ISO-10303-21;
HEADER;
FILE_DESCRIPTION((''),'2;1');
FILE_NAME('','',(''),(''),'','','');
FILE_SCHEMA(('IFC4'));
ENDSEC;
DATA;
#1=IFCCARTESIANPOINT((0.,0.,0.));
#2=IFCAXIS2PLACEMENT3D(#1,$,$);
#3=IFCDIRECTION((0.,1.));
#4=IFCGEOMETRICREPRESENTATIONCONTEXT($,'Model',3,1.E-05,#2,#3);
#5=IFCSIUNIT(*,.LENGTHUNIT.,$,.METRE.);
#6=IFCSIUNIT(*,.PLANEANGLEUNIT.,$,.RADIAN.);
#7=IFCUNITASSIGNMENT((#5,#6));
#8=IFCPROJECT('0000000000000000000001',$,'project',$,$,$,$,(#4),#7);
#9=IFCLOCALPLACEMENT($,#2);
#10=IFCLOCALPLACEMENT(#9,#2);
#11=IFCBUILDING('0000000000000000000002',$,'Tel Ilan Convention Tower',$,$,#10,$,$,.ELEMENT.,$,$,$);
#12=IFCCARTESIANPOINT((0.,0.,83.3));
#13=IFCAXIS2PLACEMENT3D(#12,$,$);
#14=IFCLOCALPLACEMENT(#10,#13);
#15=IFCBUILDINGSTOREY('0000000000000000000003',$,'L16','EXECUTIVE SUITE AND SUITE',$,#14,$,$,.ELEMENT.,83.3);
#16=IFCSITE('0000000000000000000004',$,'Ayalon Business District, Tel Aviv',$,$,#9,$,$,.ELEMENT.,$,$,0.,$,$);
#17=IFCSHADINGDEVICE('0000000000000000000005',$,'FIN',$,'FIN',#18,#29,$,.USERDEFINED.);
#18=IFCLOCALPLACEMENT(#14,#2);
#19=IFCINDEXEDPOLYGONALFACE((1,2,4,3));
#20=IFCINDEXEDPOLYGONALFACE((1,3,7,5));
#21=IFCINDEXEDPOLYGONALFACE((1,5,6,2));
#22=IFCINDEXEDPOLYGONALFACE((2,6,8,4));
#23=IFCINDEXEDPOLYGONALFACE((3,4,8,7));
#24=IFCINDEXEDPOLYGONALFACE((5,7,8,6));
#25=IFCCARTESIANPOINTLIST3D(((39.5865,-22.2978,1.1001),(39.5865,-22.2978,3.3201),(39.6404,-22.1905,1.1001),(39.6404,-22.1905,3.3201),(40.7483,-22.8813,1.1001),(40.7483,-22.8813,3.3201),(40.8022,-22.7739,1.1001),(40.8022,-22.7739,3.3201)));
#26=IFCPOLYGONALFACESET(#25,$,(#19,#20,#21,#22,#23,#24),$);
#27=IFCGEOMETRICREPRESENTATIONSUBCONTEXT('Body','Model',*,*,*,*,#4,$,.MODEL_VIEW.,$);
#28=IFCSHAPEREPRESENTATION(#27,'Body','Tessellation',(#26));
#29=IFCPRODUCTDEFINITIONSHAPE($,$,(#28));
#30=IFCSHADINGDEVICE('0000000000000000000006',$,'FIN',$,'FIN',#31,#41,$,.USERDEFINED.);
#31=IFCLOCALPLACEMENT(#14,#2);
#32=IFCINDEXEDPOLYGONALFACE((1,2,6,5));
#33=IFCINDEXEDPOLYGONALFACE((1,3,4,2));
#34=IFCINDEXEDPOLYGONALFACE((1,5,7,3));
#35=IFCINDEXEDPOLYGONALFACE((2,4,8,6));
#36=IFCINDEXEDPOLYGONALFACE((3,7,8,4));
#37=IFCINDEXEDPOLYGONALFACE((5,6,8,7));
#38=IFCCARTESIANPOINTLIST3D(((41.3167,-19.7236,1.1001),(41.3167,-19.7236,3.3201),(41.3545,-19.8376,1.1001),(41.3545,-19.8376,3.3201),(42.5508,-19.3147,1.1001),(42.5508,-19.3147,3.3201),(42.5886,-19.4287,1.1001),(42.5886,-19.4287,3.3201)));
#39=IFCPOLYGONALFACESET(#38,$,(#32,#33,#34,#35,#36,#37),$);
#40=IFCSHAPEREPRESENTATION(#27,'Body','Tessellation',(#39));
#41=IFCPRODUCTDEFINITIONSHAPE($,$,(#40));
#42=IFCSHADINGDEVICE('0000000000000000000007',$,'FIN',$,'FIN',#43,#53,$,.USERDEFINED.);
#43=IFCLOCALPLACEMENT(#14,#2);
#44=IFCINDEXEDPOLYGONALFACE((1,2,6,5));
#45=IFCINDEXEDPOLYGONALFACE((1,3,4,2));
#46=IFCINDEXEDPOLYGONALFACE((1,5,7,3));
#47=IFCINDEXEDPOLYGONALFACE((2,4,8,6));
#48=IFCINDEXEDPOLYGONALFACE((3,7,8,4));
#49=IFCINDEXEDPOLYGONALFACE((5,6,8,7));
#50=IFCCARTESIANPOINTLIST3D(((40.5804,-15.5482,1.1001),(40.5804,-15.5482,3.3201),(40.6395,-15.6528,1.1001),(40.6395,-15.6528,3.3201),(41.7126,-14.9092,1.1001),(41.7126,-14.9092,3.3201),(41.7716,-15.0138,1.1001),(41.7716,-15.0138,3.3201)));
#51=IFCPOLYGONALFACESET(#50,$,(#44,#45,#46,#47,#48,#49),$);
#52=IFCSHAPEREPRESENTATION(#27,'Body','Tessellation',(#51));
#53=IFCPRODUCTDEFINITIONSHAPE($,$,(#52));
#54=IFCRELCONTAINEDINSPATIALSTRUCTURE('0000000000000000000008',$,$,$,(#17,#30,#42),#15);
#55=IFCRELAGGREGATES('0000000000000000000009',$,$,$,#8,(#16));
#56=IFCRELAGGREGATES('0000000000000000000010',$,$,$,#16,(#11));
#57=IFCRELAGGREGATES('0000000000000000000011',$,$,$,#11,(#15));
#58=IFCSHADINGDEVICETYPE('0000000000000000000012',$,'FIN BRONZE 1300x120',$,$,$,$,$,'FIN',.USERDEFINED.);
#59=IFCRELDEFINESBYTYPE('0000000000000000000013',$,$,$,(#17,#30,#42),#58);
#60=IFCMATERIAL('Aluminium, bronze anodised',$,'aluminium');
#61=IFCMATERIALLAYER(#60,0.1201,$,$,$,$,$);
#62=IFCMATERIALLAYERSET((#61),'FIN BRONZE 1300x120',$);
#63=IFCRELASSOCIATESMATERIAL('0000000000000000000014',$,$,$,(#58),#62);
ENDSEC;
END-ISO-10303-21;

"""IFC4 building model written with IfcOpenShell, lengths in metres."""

from ifc_helpers import new_model, si_unit, direction, frame, origin, origin_2d, place, context, subcontext, project, spatial, rectangle, extrude, material, layer, layer_set, type_object, element, save


model = new_model("IFC4")

# Units and contexts
model_context = context("Model", 3, precision=1e-05, world=origin(), true_north=direction((0.0, 1.0)))
body_context = subcontext(model_context, "Body", "Model", "MODEL_VIEW")
ifc_project = project(units=[si_unit("LENGTHUNIT", "METRE"), si_unit("PLANEANGLEUNIT", "RADIAN")], contexts=[model_context])

# Site, building, storey
site_placement = place(None, origin())
site = spatial("IfcSite", under=ifc_project, at=site_placement, Name="Ayalon Business District, Tel Aviv", CompositionType="ELEMENT", RefElevation=0.0)
building_placement = place(site_placement, origin())
building = spatial("IfcBuilding", under=site, at=building_placement, Name="Tel Ilan Convention Tower", CompositionType="ELEMENT")
storey_placement = place(building_placement, frame((0.0, 0.0, 83.3)))
storey = spatial("IfcBuildingStorey", under=building, at=storey_placement, Name="L16", Description="EXECUTIVE SUITE AND SUITE", CompositionType="ELEMENT", Elevation=83.3)

# Shading devices
ifc_material_1 = material(Name="Aluminium, bronze anodised", Category="aluminium")
ifc_layer_1 = layer(ifc_material_1, 0.1201)
ifc_layer_set_1 = layer_set([ifc_layer_1], Name="FIN BRONZE 1300x120")
shading_device_type = type_object("IfcShadingDeviceType", Name="FIN BRONZE 1300x120", ElementType="FIN", PredefinedType="USERDEFINED", material=ifc_layer_set_1)
for number, where, z_axis, x_axis, name in (
    (1, (40.1943, -22.5359, 1.1001), (0.0, 0.0, 1.0), (0.893633, -0.448799, 0.0), "FIN"),
    (2, (41.9526, -19.5762, 1.1001), (0.0, 0.0, 1.0), (0.949243, 0.314545, 0.0), "FIN"),
    (3, (41.176, -15.281, 1.1001), (0.0, 0.0, 1.0), (0.870833, 0.491579, 0.0), "FIN"),
):
    element("IfcShadingDevice", number, at=place(storey_placement, frame(where, z_axis=z_axis, x_axis=x_axis)), inside=storey, type_object=shading_device_type, Name=name, ObjectType="FIN", PredefinedType="USERDEFINED", context=body_context, shape_type="SweptSolid", body=[
        extrude(rectangle(XDim=1.3, YDim=0.1201, at=origin_2d()), origin(), (0.0, 0.0, 1.0), 2.22),
    ])

save(model, "model.ifc")
